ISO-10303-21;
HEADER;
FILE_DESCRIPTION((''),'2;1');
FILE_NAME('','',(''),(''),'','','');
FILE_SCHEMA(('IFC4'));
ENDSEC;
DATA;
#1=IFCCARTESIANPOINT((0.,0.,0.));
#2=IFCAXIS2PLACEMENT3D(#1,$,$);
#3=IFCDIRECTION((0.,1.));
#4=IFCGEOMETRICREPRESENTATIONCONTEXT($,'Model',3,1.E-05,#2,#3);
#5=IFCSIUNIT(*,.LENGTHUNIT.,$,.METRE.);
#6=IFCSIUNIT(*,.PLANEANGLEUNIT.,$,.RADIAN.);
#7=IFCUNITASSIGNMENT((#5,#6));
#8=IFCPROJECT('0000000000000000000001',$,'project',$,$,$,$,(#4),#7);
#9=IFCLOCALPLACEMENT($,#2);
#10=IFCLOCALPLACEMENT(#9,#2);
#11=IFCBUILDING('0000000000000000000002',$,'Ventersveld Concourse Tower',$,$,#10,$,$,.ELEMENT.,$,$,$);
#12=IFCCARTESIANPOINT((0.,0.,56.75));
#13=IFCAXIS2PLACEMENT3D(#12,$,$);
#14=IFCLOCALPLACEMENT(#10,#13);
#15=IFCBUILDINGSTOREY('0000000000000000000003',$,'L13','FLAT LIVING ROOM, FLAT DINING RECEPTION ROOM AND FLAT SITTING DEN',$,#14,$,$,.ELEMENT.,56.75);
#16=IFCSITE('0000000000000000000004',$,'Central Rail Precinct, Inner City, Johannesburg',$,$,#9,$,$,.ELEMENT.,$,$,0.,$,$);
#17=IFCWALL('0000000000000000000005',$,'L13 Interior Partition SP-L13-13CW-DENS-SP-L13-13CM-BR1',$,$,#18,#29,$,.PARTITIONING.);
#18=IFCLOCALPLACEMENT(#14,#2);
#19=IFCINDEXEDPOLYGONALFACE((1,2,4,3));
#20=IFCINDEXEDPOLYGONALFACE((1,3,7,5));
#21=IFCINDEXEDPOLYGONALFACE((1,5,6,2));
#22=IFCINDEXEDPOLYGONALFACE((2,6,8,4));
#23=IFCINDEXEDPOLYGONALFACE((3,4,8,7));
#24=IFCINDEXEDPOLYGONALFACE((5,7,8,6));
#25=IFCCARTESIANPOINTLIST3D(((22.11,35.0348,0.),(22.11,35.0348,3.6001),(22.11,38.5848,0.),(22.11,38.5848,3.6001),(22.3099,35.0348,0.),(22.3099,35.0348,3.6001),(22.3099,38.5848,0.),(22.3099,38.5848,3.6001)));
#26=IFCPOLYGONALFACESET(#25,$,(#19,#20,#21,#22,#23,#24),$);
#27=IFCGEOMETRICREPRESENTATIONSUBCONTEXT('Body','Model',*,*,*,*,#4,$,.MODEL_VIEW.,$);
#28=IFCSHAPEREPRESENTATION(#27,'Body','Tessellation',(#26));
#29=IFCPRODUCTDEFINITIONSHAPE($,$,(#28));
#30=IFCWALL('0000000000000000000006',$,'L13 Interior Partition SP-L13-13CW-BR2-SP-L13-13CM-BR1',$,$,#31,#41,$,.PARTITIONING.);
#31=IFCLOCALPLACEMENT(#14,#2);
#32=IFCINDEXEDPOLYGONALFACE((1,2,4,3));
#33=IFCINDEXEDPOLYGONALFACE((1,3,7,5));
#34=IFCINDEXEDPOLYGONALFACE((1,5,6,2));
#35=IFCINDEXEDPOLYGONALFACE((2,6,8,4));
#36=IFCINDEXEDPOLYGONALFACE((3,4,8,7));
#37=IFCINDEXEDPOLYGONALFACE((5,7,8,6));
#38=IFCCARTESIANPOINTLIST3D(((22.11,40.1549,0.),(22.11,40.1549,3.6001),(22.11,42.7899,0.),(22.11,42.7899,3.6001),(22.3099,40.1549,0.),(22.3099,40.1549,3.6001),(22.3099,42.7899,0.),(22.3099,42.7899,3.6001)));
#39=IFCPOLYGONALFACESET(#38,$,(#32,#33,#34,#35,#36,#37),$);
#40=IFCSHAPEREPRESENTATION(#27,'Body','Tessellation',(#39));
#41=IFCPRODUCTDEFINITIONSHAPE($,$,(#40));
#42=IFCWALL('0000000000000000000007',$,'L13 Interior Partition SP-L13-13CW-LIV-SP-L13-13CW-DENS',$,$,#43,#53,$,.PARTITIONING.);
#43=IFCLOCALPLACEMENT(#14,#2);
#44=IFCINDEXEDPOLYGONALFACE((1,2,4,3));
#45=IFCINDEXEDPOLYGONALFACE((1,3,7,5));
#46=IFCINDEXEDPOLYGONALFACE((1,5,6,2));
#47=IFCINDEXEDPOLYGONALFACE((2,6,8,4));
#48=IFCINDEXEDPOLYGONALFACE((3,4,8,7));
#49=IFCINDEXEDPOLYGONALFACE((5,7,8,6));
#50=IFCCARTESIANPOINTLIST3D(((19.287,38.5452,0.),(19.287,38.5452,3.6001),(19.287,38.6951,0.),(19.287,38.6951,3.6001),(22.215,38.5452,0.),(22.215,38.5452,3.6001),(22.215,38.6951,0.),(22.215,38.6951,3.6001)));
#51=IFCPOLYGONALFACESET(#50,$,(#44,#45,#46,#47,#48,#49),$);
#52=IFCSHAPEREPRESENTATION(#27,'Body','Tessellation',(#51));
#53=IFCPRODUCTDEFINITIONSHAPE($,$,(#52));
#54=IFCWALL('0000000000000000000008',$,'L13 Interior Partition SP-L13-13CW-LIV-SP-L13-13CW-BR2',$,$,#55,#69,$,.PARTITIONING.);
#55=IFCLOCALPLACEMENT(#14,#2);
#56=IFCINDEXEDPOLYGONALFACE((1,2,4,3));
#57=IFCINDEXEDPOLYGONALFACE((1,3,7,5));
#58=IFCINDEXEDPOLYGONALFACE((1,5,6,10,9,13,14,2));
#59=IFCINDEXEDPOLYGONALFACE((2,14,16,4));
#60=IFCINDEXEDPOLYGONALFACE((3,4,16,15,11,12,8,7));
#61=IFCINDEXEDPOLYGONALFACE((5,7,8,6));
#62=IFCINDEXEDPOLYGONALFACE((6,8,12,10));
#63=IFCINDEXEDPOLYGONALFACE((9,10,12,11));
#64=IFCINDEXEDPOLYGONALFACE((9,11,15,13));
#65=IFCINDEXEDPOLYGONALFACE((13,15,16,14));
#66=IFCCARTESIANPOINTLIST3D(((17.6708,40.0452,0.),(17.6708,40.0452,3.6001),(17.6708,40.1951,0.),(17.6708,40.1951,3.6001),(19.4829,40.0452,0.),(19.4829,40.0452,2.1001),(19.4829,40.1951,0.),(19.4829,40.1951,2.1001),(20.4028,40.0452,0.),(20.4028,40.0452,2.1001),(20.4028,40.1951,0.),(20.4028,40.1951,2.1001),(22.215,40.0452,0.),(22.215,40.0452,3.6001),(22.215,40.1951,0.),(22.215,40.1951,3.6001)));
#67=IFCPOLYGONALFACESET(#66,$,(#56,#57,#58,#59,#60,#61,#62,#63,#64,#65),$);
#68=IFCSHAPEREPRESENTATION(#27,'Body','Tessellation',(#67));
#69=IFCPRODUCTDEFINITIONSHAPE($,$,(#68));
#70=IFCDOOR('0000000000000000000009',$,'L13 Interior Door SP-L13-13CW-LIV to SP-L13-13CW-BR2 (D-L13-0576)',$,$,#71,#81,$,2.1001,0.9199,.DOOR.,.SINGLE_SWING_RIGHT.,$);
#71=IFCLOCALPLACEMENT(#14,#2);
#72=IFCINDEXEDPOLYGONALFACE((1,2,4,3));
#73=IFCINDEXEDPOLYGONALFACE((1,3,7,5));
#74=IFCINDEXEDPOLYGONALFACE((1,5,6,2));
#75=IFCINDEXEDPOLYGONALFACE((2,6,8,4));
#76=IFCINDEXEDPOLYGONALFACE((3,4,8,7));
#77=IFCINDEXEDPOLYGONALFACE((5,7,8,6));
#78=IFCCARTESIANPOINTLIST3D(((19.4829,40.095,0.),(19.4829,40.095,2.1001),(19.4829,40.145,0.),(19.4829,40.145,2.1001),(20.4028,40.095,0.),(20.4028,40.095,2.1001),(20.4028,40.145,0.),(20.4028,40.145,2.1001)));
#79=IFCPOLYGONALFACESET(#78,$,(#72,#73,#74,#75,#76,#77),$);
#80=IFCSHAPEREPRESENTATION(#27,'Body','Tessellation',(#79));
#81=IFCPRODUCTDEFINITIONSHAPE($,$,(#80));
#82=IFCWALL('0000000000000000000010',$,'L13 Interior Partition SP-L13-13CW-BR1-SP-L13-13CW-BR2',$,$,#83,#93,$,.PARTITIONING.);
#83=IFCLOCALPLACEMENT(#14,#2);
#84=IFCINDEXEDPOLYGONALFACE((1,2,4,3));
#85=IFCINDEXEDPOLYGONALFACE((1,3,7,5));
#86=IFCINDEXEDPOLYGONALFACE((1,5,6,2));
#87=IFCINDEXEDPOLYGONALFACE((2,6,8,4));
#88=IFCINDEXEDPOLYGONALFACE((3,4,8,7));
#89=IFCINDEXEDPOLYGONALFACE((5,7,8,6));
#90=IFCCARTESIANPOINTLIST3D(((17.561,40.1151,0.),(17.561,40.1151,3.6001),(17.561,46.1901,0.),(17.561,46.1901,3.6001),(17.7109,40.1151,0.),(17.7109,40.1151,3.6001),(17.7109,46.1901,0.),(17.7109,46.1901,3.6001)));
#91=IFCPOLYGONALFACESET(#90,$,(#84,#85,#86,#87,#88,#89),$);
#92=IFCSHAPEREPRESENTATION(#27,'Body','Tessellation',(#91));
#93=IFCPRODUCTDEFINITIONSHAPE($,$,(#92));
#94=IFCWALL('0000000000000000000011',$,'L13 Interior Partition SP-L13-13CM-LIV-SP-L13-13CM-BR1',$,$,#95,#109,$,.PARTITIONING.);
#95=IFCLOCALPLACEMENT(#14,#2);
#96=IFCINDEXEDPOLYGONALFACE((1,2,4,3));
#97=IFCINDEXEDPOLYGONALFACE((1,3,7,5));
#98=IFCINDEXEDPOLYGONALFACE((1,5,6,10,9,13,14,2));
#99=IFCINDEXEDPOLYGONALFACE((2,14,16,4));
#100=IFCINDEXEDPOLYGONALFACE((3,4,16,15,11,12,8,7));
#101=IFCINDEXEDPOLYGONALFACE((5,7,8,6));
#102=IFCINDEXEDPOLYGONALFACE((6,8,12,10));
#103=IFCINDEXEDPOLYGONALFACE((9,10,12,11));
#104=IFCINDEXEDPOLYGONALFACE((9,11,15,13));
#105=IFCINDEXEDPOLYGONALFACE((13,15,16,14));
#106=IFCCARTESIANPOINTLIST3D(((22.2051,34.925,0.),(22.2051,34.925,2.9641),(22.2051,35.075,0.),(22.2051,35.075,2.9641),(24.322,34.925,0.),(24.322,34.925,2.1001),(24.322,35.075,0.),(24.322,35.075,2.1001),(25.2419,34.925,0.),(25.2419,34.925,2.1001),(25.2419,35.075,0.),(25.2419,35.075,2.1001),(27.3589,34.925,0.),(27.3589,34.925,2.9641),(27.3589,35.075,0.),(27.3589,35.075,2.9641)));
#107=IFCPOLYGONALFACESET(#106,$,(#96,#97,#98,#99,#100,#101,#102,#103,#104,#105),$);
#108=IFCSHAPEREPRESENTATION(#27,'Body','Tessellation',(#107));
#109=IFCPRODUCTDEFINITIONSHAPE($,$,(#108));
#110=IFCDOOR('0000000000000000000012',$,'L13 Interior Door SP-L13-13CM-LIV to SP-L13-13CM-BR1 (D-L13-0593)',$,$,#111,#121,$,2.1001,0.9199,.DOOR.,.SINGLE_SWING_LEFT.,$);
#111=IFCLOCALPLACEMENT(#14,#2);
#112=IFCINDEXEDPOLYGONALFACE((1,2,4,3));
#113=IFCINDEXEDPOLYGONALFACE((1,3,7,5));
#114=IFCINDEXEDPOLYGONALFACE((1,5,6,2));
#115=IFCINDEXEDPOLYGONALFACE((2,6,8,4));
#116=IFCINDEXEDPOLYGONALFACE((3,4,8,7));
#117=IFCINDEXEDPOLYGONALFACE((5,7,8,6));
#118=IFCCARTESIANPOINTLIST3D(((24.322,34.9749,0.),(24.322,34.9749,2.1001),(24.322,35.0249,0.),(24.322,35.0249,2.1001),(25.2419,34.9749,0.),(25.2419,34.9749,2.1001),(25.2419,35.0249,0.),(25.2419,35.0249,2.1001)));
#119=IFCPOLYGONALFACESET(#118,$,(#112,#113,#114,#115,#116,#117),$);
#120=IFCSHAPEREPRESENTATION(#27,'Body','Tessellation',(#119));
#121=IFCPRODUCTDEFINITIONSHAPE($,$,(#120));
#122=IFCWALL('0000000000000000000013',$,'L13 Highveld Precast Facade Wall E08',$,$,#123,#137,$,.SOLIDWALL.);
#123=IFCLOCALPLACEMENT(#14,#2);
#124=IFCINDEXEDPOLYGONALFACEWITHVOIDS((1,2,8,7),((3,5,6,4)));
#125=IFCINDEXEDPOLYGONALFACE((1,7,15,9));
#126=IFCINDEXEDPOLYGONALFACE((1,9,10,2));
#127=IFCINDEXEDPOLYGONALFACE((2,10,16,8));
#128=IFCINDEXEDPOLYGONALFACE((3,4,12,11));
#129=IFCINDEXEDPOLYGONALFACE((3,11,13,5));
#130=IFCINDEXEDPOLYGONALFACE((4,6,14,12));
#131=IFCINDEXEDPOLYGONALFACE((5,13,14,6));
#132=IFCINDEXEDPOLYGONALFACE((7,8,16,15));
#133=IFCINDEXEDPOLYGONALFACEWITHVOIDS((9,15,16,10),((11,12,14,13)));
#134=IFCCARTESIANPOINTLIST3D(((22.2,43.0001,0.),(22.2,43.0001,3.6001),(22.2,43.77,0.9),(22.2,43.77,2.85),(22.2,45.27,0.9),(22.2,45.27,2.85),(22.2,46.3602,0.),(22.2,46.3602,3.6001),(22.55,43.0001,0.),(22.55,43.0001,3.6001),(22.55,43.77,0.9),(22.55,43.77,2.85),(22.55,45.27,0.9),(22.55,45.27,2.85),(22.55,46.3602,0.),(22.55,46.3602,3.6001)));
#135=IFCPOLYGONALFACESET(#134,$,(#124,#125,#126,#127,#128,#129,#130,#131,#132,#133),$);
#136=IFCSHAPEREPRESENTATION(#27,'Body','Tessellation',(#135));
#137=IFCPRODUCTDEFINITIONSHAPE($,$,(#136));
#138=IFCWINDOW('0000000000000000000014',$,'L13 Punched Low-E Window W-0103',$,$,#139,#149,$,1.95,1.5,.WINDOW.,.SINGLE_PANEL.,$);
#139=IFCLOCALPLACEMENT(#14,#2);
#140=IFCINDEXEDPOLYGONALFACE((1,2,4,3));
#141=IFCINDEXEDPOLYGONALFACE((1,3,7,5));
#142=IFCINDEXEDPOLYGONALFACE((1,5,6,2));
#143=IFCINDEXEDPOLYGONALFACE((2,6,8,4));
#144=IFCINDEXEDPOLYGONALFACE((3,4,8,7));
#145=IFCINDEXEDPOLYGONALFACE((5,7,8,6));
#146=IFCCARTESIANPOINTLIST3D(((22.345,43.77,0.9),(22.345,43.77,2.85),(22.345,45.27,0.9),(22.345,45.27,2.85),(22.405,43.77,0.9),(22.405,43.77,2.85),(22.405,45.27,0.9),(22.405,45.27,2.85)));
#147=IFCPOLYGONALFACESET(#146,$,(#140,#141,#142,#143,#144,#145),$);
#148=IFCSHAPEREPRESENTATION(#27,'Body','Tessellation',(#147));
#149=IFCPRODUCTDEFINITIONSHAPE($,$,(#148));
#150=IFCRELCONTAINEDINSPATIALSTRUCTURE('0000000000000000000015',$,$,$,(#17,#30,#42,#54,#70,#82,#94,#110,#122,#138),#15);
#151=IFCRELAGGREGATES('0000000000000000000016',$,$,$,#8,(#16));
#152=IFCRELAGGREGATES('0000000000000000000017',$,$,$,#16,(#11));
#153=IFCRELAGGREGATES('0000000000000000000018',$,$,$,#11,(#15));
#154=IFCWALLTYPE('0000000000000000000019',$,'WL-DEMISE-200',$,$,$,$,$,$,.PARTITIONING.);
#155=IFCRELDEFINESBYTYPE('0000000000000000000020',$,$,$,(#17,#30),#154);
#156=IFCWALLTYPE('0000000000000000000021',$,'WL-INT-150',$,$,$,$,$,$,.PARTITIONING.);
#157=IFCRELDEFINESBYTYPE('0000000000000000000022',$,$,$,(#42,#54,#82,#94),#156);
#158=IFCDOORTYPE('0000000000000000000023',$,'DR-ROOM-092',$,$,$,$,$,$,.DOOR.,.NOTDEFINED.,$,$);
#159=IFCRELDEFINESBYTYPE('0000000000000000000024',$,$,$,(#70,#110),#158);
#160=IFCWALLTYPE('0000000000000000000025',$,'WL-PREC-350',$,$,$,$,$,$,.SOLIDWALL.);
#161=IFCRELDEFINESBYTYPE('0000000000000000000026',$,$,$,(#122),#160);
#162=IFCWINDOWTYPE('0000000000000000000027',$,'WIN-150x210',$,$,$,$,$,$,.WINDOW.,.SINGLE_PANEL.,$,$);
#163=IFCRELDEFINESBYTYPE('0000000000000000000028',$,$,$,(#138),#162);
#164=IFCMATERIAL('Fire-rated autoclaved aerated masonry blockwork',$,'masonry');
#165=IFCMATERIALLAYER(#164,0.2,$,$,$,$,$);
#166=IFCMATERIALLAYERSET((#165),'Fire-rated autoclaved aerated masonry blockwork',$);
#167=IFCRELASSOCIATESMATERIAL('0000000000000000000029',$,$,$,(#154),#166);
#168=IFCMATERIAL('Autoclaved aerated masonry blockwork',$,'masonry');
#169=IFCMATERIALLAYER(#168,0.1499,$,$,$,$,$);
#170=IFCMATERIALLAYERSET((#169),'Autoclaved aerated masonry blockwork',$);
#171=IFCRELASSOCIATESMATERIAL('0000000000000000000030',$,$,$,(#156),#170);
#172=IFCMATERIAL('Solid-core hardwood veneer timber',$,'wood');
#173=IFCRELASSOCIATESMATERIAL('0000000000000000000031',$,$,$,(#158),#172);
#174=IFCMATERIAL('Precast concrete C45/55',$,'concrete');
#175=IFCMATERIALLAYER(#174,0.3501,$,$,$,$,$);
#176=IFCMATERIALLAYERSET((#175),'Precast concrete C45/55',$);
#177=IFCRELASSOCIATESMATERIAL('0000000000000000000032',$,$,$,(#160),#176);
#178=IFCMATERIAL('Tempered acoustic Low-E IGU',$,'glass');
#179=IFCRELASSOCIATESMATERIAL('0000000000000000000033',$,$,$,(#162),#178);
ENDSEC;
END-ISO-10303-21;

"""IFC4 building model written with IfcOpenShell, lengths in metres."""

from ifc_helpers import new_model, si_unit, direction, frame, frame_2d, origin, place, context, subcontext, project, spatial, rectangle, extrude, material, layer, layer_set, type_object, element, fill, save


model = new_model("IFC4")

# Units and contexts
model_context = context("Model", 3, precision=1e-05, world=origin(), true_north=direction((0.0, 1.0)))
body_context = subcontext(model_context, "Body", "Model", "MODEL_VIEW")
ifc_project = project(units=[si_unit("LENGTHUNIT", "METRE"), si_unit("PLANEANGLEUNIT", "RADIAN")], contexts=[model_context])

# Site, building, storey
site_placement = place(None, origin())
site = spatial("IfcSite", under=ifc_project, at=site_placement, Name="Central Rail Precinct, Inner City, Johannesburg", CompositionType="ELEMENT", RefElevation=0.0)
building_placement = place(site_placement, origin())
building = spatial("IfcBuilding", under=site, at=building_placement, Name="Ventersveld Concourse Tower", CompositionType="ELEMENT")
storey_placement = place(building_placement, frame((0.0, 0.0, 56.75)))
storey = spatial("IfcBuildingStorey", under=building, at=storey_placement, Name="L13", Description="FLAT LIVING ROOM, FLAT DINING RECEPTION ROOM AND FLAT SITTING DEN", CompositionType="ELEMENT", Elevation=56.75)

# Walls
ifc_material_1 = material(Name="Fire-rated autoclaved aerated masonry blockwork", Category="masonry")
ifc_layer_1 = layer(ifc_material_1, 0.2)
ifc_layer_set_1 = layer_set([ifc_layer_1], Name="Fire-rated autoclaved aerated masonry blockwork")
wall_type_1 = type_object("IfcWallType", Name="WL-DEMISE-200", PredefinedType="PARTITIONING", material=ifc_layer_set_1)
wall_1_placement = place(storey_placement, frame((22.21, 35.0349, 0.0), z_axis=(0.0, 0.0, 1.0), x_axis=(0.0, 1.0, 0.0)))
element("IfcWall", 1, at=wall_1_placement, inside=storey, type_object=wall_type_1, Name="L13 Interior Partition SP-L13-13CW-DENS-SP-L13-13CM-BR1", PredefinedType="PARTITIONING", context=body_context, shape_type="SweptSolid", body=[
    extrude(rectangle(XDim=3.55, YDim=0.2, at=frame_2d((1.7749, 0.0))), origin(), (0.0, 0.0, 1.0), 3.6001),
])
wall_2_placement = place(storey_placement, frame((22.21, 40.155, 0.0), z_axis=(0.0, 0.0, 1.0), x_axis=(0.0, 1.0, 0.0)))
element("IfcWall", 2, at=wall_2_placement, inside=storey, type_object=wall_type_1, Name="L13 Interior Partition SP-L13-13CW-BR2-SP-L13-13CM-BR1", PredefinedType="PARTITIONING", context=body_context, shape_type="SweptSolid", body=[
    extrude(rectangle(XDim=2.635, YDim=0.2, at=frame_2d((1.3174, 0.0))), origin(), (0.0, 0.0, 1.0), 3.6001),
])
ifc_material_2 = material(Name="Autoclaved aerated masonry blockwork", Category="masonry")
ifc_layer_2 = layer(ifc_material_2, 0.1499)
ifc_layer_set_2 = layer_set([ifc_layer_2], Name="Autoclaved aerated masonry blockwork")
wall_type_2 = type_object("IfcWallType", Name="WL-INT-150", PredefinedType="PARTITIONING", material=ifc_layer_set_2)
wall_3_placement = place(storey_placement, frame((19.2871, 38.6201, 0.0), z_axis=(0.0, 0.0, 1.0), x_axis=(1.0, 0.0, 0.0)))
element("IfcWall", 3, at=wall_3_placement, inside=storey, type_object=wall_type_2, Name="L13 Interior Partition SP-L13-13CW-LIV-SP-L13-13CW-DENS", PredefinedType="PARTITIONING", context=body_context, shape_type="SweptSolid", body=[
    extrude(rectangle(XDim=2.928, YDim=0.1499, at=frame_2d((1.4639, 0.0))), origin(), (0.0, 0.0, 1.0), 3.6001),
])

# Wall, opening, door
wall_4_placement = place(storey_placement, frame((17.6709, 40.1201, 0.0), z_axis=(0.0, 0.0, 1.0), x_axis=(1.0, 0.0, 0.0)))
wall_4 = element("IfcWall", 4, at=wall_4_placement, inside=storey, type_object=wall_type_2, Name="L13 Interior Partition SP-L13-13CW-LIV-SP-L13-13CW-BR2", PredefinedType="PARTITIONING", context=body_context, shape_type="SweptSolid", body=[
    extrude(rectangle(XDim=4.5442, YDim=0.1499, at=frame_2d((2.272, 0.0))), origin(), (0.0, 0.0, 1.0), 3.6001),
])
opening_1_placement = place(wall_4_placement, frame((1.812, 0.0, 0.0)))
opening_1 = element("IfcOpeningElement", 5, at=opening_1_placement, cuts=wall_4, PredefinedType="OPENING", context=body_context, shape_type="SweptSolid", body=[
    extrude(rectangle(XDim=0.9199, YDim=2.1001, at=frame_2d((0.46, 1.05))), frame((0.0, 0.085, 0.0), z_axis=(0.0, -1.0, 0.0), x_axis=(1.0, 0.0, 0.0)), (0.0, 0.0, 1.0), 0.1699),
])
ifc_material_3 = material(Name="Solid-core hardwood veneer timber", Category="wood")
door_type = type_object("IfcDoorType", Name="DR-ROOM-092", OperationType="NOTDEFINED", PredefinedType="DOOR", material=ifc_material_3)
door_1_placement = place(opening_1_placement, origin())
door_1 = element("IfcDoor", 6, at=door_1_placement, inside=storey, type_object=door_type, Name="L13 Interior Door SP-L13-13CW-LIV to SP-L13-13CW-BR2 (D-L13-0576)", OperationType="SINGLE_SWING_RIGHT", OverallHeight=2.1001, OverallWidth=0.9199, PredefinedType="DOOR", context=body_context, shape_type="SweptSolid", body=[
    extrude(rectangle(XDim=0.9199, YDim=2.1001, at=frame_2d((0.46, 1.05))), frame((0.0, 0.0249, 0.0), z_axis=(0.0, -1.0, 0.0), x_axis=(1.0, 0.0, 0.0)), (0.0, 0.0, 1.0), 0.05),
])
fill(opening_1, door_1)

# Wall
wall_5_placement = place(storey_placement, frame((17.636, 40.115, 0.0), z_axis=(0.0, 0.0, 1.0), x_axis=(0.0, 1.0, 0.0)))
element("IfcWall", 7, at=wall_5_placement, inside=storey, type_object=wall_type_2, Name="L13 Interior Partition SP-L13-13CW-BR1-SP-L13-13CW-BR2", PredefinedType="PARTITIONING", context=body_context, shape_type="SweptSolid", body=[
    extrude(rectangle(XDim=6.075, YDim=0.1499, at=frame_2d((3.0376, 0.0))), origin(), (0.0, 0.0, 1.0), 3.6001),
])

# Wall, opening, door
wall_6_placement = place(storey_placement, frame((22.2051, 35.0, 0.0), z_axis=(0.0, 0.0, 1.0), x_axis=(1.0, 0.0, 0.0)))
wall_6 = element("IfcWall", 8, at=wall_6_placement, inside=storey, type_object=wall_type_2, Name="L13 Interior Partition SP-L13-13CM-LIV-SP-L13-13CM-BR1", PredefinedType="PARTITIONING", context=body_context, shape_type="SweptSolid", body=[
    extrude(rectangle(XDim=5.1538, YDim=0.1499, at=frame_2d((2.5769, 0.0))), origin(), (0.0, 0.0, 1.0), 2.9641),
])
opening_2_placement = place(wall_6_placement, frame((2.1169, 0.0, 0.0)))
opening_2 = element("IfcOpeningElement", 9, at=opening_2_placement, cuts=wall_6, PredefinedType="OPENING", context=body_context, shape_type="SweptSolid", body=[
    extrude(rectangle(XDim=0.9199, YDim=2.1001, at=frame_2d((0.46, 1.05))), frame((0.0, 0.085, 0.0), z_axis=(0.0, -1.0, 0.0), x_axis=(1.0, 0.0, 0.0)), (0.0, 0.0, 1.0), 0.1699),
])
door_2_placement = place(opening_2_placement, origin())
door_2 = element("IfcDoor", 10, at=door_2_placement, inside=storey, type_object=door_type, Name="L13 Interior Door SP-L13-13CM-LIV to SP-L13-13CM-BR1 (D-L13-0593)", OperationType="SINGLE_SWING_LEFT", OverallHeight=2.1001, OverallWidth=0.9199, PredefinedType="DOOR", context=body_context, shape_type="SweptSolid", body=[
    extrude(rectangle(XDim=0.9199, YDim=2.1001, at=frame_2d((0.46, 1.05))), frame((0.0, 0.0249, 0.0), z_axis=(0.0, -1.0, 0.0), x_axis=(1.0, 0.0, 0.0)), (0.0, 0.0, 1.0), 0.05),
])
fill(opening_2, door_2)

# Wall, opening, window
ifc_material_4 = material(Name="Precast concrete C45/55", Category="concrete")
ifc_layer_3 = layer(ifc_material_4, 0.3501)
ifc_layer_set_3 = layer_set([ifc_layer_3], Name="Precast concrete C45/55")
wall_type_3 = type_object("IfcWallType", Name="WL-PREC-350", PredefinedType="SOLIDWALL", material=ifc_layer_set_3)
wall_7_placement = place(storey_placement, frame((22.375, 43.0, 0.0), z_axis=(0.0, 0.0, 1.0), x_axis=(0.0, 1.0, 0.0)))
wall_7 = element("IfcWall", 11, at=wall_7_placement, inside=storey, type_object=wall_type_3, Name="L13 Highveld Precast Facade Wall E08", PredefinedType="SOLIDWALL", context=body_context, shape_type="SweptSolid", body=[
    extrude(rectangle(XDim=3.3601, YDim=0.3501, at=frame_2d((1.6802, 0.0))), origin(), (0.0, 0.0, 1.0), 3.6001),
])
opening_3_placement = place(wall_7_placement, frame((0.77, 0.0, 0.8999)))
opening_3 = element("IfcOpeningElement", 12, at=opening_3_placement, cuts=wall_7, PredefinedType="OPENING", context=body_context, shape_type="SweptSolid", body=[
    extrude(rectangle(XDim=1.5, YDim=1.95, at=frame_2d((0.75, 0.9751))), frame((0.0, 0.1851, 0.0), z_axis=(0.0, -1.0, 0.0), x_axis=(1.0, 0.0, 0.0)), (0.0, 0.0, 1.0), 0.3701),
])
ifc_material_5 = material(Name="Tempered acoustic Low-E IGU", Category="glass")
window_type_1 = type_object("IfcWindowType", Name="WIN-150x210", PartitioningType="SINGLE_PANEL", PredefinedType="WINDOW", material=ifc_material_5)
window_1_placement = place(opening_3_placement, origin())
window_1 = element("IfcWindow", 13, at=window_1_placement, inside=storey, type_object=window_type_1, Name="L13 Punched Low-E Window W-0103", OverallHeight=1.95, OverallWidth=1.5, PartitioningType="SINGLE_PANEL", PredefinedType="WINDOW", context=body_context, shape_type="SweptSolid", body=[
    extrude(rectangle(XDim=1.5, YDim=1.95, at=frame_2d((0.75, 0.9751))), frame((0.0, 0.03, 0.0), z_axis=(0.0, -1.0, 0.0), x_axis=(1.0, 0.0, 0.0)), (0.0, 0.0, 1.0), 0.0601),
])
fill(opening_3, window_1)

save(model, "model.ifc")
